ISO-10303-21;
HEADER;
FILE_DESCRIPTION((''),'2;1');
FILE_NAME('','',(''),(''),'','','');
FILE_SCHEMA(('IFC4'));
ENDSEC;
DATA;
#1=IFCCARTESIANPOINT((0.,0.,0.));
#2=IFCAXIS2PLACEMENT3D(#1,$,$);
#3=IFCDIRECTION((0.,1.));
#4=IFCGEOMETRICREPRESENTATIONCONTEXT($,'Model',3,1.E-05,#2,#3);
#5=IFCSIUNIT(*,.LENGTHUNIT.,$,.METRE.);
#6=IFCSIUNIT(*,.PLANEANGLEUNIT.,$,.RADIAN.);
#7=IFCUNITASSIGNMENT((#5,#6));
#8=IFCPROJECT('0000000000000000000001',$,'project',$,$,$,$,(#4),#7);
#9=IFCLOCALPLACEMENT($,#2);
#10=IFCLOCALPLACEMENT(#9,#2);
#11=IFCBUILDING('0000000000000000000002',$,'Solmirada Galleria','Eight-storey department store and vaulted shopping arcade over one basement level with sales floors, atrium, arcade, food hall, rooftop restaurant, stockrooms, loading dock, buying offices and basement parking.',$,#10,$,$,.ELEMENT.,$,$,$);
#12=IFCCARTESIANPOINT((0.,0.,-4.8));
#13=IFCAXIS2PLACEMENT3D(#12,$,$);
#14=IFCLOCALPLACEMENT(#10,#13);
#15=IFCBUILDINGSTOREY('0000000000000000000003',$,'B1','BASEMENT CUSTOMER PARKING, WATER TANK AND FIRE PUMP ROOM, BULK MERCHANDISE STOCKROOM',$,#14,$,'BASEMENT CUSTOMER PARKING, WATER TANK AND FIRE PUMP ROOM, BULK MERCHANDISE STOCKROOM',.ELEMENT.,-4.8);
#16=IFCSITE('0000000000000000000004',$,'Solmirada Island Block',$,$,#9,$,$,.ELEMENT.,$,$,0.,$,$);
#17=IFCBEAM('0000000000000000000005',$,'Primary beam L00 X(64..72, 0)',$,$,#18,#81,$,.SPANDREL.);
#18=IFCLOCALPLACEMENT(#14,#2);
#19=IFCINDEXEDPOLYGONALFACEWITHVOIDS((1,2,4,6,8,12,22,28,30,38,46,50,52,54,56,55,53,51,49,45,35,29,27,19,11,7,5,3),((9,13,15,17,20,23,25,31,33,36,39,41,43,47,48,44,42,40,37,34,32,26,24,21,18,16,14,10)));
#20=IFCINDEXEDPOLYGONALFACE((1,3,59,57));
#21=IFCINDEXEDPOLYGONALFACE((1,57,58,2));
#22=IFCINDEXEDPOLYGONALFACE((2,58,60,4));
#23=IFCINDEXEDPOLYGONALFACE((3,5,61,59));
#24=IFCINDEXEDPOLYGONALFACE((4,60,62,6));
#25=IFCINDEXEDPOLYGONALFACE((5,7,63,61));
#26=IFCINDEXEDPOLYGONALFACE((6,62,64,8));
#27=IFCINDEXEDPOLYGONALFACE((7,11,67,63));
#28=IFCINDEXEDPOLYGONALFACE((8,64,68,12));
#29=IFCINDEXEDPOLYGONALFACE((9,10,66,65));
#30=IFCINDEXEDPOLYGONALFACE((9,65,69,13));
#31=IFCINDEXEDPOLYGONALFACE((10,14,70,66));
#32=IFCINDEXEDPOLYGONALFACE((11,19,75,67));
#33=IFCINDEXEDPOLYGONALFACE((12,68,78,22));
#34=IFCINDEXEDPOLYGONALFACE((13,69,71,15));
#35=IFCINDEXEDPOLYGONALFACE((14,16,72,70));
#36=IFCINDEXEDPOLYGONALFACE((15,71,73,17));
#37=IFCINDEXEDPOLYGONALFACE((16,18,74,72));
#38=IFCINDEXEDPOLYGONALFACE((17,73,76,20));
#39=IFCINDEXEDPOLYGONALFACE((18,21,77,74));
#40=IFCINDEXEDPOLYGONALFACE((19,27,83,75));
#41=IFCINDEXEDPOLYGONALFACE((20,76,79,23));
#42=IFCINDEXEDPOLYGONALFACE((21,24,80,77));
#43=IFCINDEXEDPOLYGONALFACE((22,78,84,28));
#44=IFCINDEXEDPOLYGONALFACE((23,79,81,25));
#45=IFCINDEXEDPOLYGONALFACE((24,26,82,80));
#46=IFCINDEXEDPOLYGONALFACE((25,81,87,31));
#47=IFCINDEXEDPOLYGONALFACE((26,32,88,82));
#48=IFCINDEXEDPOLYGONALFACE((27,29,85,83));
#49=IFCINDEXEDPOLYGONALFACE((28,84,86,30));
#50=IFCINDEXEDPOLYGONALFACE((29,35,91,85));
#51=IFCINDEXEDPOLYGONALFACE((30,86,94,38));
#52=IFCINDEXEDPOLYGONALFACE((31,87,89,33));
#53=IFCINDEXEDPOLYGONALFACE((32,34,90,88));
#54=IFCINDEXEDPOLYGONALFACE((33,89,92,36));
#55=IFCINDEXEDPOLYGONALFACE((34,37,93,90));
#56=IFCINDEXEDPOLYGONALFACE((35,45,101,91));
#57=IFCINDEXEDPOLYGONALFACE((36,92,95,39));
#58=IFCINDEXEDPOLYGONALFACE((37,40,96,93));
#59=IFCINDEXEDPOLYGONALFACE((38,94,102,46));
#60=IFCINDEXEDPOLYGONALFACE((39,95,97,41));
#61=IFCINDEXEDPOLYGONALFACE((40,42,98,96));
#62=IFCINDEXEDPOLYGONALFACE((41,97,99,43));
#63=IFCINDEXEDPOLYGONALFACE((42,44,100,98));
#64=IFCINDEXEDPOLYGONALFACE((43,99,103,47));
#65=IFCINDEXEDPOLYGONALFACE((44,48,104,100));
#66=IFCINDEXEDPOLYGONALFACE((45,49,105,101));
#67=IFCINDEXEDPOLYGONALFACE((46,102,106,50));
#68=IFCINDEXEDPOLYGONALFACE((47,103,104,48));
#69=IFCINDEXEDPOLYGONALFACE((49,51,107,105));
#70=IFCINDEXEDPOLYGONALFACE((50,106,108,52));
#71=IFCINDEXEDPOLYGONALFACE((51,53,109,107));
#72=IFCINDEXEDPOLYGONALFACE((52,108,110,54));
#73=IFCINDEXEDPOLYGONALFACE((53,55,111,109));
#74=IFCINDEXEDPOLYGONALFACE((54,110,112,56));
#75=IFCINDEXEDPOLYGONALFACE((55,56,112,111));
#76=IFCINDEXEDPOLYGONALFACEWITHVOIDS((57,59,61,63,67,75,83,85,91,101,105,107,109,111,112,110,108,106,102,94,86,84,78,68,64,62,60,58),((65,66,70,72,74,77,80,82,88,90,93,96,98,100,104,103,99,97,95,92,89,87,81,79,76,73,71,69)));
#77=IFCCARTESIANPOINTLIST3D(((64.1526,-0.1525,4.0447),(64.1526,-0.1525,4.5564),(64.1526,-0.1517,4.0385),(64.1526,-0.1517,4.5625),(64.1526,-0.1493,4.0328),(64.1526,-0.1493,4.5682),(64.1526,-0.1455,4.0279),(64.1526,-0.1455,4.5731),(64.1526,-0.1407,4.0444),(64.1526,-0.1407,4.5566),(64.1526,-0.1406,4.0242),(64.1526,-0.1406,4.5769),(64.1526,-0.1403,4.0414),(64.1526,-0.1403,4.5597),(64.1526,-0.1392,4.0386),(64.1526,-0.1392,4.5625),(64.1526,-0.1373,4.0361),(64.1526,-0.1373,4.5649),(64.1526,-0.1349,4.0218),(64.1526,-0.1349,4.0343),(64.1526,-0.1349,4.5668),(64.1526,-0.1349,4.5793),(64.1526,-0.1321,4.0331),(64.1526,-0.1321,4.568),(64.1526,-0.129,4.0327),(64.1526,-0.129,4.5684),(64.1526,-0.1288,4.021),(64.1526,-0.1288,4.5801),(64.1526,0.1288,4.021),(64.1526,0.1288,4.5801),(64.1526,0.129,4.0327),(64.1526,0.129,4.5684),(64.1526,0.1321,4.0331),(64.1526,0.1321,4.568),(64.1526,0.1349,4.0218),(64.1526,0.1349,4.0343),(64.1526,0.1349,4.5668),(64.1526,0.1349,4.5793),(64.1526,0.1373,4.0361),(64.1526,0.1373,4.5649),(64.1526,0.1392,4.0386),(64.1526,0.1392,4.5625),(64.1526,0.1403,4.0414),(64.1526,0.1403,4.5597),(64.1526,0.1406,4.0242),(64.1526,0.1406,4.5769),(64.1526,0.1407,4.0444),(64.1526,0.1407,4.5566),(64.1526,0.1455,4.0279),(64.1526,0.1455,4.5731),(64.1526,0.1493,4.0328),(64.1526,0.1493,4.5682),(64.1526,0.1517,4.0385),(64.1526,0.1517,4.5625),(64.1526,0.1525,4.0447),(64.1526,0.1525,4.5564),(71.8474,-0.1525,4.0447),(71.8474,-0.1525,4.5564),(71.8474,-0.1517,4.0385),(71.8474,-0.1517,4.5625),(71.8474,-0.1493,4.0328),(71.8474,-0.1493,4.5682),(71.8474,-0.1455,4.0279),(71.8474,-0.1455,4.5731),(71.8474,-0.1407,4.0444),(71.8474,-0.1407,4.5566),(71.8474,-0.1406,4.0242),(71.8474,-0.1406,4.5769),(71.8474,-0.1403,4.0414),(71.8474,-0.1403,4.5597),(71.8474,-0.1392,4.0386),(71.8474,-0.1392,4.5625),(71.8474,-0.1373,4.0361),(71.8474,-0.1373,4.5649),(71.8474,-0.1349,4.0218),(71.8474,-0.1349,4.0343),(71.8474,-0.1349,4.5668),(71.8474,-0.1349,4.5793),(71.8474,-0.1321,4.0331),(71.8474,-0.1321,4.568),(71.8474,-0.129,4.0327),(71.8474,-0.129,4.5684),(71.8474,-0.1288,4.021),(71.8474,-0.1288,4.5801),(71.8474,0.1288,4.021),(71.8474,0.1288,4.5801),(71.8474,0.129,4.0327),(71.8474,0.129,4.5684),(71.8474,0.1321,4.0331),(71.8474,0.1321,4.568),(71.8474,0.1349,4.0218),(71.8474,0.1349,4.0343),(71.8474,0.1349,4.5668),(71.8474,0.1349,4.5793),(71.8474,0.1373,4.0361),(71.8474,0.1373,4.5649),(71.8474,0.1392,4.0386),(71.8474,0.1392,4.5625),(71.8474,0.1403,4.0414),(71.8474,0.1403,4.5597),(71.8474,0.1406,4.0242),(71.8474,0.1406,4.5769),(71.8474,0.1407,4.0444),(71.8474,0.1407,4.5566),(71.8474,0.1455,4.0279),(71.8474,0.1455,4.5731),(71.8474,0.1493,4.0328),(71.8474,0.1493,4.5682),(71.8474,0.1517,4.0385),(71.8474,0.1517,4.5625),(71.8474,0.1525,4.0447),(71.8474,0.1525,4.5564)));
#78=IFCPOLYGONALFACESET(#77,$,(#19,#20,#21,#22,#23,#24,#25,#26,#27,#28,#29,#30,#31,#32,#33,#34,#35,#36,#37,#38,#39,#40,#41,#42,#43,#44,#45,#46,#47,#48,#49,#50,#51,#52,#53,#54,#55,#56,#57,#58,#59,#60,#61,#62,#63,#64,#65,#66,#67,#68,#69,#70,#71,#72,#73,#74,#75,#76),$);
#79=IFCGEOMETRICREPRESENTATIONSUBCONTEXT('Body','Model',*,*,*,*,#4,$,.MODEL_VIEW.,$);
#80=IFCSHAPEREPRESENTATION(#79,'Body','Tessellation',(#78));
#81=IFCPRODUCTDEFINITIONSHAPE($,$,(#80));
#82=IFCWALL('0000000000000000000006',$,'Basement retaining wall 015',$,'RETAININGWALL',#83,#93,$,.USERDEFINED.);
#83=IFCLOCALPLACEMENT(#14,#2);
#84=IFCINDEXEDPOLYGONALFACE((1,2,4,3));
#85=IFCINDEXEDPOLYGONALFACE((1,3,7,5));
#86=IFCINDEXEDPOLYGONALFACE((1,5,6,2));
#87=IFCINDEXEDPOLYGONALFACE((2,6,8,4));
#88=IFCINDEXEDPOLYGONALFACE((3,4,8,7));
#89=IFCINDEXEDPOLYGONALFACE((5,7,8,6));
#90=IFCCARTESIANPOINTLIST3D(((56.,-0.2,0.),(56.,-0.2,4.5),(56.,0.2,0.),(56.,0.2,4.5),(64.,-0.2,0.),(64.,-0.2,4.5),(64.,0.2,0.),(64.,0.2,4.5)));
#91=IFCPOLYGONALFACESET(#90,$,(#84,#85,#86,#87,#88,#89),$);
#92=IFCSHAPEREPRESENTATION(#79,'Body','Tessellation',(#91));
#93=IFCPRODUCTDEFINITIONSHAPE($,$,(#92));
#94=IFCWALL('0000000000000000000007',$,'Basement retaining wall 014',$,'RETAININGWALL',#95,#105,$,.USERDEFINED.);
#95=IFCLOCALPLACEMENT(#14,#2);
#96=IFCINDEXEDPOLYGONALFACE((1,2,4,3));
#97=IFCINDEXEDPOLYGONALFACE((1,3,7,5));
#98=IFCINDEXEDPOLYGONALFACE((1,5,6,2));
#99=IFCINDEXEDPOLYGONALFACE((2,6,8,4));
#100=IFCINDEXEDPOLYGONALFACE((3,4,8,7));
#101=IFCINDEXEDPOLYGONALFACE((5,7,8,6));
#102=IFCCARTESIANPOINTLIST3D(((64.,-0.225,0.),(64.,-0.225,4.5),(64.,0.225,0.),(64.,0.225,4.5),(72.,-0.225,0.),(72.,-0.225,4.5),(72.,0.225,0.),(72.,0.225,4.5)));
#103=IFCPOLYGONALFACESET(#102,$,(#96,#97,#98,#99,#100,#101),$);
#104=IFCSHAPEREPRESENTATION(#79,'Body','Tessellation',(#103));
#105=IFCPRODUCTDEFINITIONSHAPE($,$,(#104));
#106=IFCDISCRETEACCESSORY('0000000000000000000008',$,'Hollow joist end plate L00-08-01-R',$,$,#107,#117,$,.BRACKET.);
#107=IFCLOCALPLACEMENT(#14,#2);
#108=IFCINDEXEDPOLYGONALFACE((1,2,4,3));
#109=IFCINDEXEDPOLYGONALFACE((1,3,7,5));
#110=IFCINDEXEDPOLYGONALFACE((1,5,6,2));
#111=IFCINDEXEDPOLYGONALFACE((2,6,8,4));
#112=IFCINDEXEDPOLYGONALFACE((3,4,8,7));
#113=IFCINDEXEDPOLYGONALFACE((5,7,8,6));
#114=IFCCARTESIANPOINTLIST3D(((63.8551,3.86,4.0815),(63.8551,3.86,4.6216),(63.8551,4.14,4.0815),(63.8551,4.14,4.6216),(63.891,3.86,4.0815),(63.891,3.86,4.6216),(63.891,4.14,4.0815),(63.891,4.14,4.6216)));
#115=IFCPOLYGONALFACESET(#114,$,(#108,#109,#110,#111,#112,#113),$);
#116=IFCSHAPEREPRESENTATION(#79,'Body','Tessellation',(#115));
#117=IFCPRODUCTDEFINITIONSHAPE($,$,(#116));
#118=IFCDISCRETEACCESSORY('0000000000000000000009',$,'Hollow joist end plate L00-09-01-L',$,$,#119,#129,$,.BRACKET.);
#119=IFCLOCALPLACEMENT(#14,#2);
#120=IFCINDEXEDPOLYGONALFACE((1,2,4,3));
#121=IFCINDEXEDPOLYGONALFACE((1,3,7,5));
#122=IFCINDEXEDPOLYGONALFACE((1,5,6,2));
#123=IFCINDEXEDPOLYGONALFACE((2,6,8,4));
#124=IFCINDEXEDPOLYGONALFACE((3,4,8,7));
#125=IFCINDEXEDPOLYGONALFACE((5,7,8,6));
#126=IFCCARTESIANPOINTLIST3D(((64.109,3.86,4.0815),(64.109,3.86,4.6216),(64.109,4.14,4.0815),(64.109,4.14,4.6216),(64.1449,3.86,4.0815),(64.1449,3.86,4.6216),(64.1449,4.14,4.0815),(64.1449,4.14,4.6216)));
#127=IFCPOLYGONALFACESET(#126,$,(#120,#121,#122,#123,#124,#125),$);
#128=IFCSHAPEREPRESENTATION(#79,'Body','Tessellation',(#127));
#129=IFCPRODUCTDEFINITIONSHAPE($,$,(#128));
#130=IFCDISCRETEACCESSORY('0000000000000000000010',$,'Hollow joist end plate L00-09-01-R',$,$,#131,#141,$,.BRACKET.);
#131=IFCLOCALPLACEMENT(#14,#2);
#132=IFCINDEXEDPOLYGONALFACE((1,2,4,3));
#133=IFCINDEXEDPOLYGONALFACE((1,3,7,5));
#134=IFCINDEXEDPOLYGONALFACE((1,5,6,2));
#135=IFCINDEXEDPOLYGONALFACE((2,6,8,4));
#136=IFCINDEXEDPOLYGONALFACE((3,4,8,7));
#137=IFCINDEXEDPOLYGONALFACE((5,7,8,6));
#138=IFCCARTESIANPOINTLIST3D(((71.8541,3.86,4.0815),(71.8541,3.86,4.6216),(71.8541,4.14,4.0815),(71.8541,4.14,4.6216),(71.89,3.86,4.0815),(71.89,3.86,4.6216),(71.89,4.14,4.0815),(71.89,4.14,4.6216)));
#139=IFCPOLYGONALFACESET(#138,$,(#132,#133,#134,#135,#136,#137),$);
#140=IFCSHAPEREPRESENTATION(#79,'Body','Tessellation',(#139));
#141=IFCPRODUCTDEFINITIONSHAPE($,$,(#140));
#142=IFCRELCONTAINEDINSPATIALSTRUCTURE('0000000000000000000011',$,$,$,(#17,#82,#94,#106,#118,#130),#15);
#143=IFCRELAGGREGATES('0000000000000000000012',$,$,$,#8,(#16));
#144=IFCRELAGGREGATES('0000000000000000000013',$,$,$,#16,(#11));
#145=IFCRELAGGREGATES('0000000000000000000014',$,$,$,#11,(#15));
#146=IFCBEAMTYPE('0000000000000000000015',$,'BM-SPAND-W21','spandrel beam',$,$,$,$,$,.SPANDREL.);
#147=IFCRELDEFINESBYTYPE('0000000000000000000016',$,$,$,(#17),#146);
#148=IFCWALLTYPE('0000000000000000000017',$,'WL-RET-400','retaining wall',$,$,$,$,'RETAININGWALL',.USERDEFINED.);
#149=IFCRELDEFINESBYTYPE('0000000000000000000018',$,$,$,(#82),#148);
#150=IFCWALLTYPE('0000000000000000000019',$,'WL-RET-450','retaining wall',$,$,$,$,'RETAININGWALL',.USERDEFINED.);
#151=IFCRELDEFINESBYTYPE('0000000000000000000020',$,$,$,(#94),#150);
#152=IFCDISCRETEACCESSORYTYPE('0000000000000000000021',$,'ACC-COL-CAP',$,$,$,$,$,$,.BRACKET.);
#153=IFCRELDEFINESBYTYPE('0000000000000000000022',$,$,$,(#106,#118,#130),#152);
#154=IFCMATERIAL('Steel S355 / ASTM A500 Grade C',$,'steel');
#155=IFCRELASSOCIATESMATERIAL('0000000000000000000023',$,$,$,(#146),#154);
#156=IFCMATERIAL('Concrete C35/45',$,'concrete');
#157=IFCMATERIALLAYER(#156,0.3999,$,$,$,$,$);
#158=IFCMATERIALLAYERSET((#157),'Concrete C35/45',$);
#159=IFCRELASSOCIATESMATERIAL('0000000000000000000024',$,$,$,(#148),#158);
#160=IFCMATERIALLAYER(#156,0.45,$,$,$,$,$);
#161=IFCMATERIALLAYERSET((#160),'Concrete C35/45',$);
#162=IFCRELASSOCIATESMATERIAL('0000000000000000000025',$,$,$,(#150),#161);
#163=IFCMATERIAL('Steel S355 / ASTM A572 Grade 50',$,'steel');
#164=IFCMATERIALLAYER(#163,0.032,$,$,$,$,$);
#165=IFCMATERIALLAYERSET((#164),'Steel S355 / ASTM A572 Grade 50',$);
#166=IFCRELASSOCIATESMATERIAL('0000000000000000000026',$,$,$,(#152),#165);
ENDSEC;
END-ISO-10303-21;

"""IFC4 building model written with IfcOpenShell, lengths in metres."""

from ifc_helpers import new_model, si_unit, direction, frame, frame_2d, origin, origin_2d, place, context, subcontext, project, spatial, rectangle, hollow_rectangle, extrude, material, layer, layer_set, material_profile, profile_set, type_object, element, save


model = new_model("IFC4")

# Units and contexts
model_context = context("Model", 3, precision=1e-05, world=origin(), true_north=direction((0.0, 1.0)))
body_context = subcontext(model_context, "Body", "Model", "MODEL_VIEW")
ifc_project = project(units=[si_unit("LENGTHUNIT", "METRE"), si_unit("PLANEANGLEUNIT", "RADIAN")], contexts=[model_context])

# Site, building, storey
site_placement = place(None, origin())
site = spatial("IfcSite", under=ifc_project, at=site_placement, Name="Solmirada Island Block", CompositionType="ELEMENT", RefElevation=0.0)
building_placement = place(site_placement, origin())
building = spatial("IfcBuilding", under=site, at=building_placement, Name="Solmirada Galleria", Description="Eight-storey department store and vaulted shopping arcade over one basement level with sales floors, atrium, arcade, food hall, rooftop restaurant, stockrooms, loading dock, buying offices and basement parking.", CompositionType="ELEMENT")
storey_placement = place(building_placement, frame((0.0, 0.0, -4.8)))
storey = spatial("IfcBuildingStorey", under=building, at=storey_placement, Name="B1", Description="BASEMENT CUSTOMER PARKING, WATER TANK AND FIRE PUMP ROOM, BULK MERCHANDISE STOCKROOM", LongName="BASEMENT CUSTOMER PARKING, WATER TANK AND FIRE PUMP ROOM, BULK MERCHANDISE STOCKROOM", CompositionType="ELEMENT", Elevation=-4.8)

# Shared definitions
ifc_material_1 = material(Name="Concrete C35/45", Category="concrete")

# Shared definitions
ifc_material_2 = material(Name="Steel S355 / ASTM A500 Grade C", Category="steel")

# Beam
ifc_material_profile_1 = material_profile(ifc_material_2, hollow_rectangle(XDim=0.3049, YDim=0.5591, WallThickness=0.0117, InnerFilletRadius=0.0117, OuterFilletRadius=0.0237, at=origin_2d()), Name="HSS22X12X1/2")
ifc_profile_set_1 = profile_set([ifc_material_profile_1], Name="Steel S355 / ASTM A500 Grade C")
beam_type_1 = type_object("IfcBeamType", Name="BM-SPAND-W21", Description="spandrel beam", PredefinedType="SPANDREL", material=ifc_profile_set_1)
beam_1_placement = place(storey_placement, frame((64.1526, 0.0, 4.3005), z_axis=(1.0, 0.0, 0.0), x_axis=(0.0, 1.0, 0.0)))
element("IfcBeam", 1, at=beam_1_placement, inside=storey, type_object=beam_type_1, Name="Primary beam L00 X(64..72, 0)", PredefinedType="SPANDREL", context=body_context, shape_type="SweptSolid", body=[
    extrude(hollow_rectangle(XDim=0.3049, YDim=0.5591, WallThickness=0.0117, InnerFilletRadius=0.0117, OuterFilletRadius=0.0237, at=origin_2d()), origin(), (0.0, 0.0, 1.0), 7.6948),
])

# Walls
ifc_layer_1 = layer(ifc_material_1, 0.3999)
ifc_layer_set_1 = layer_set([ifc_layer_1], Name="Concrete C35/45")
wall_type_1 = type_object("IfcWallType", Name="WL-RET-400", Description="retaining wall", ElementType="RETAININGWALL", PredefinedType="USERDEFINED", material=ifc_layer_set_1)
wall_1_placement = place(storey_placement, frame((64.0, 0.0, 0.0), z_axis=(0.0, 0.0, 1.0), x_axis=(-1.0, 0.0, 0.0)))
element("IfcWall", 2, at=wall_1_placement, inside=storey, type_object=wall_type_1, Name="Basement retaining wall 015", ObjectType="RETAININGWALL", PredefinedType="USERDEFINED", context=body_context, shape_type="SweptSolid", body=[
    extrude(rectangle(XDim=8.0, YDim=0.3999, at=frame_2d((4.0, 0.0))), origin(), (0.0, 0.0, 1.0), 4.5),
])
ifc_layer_2 = layer(ifc_material_1, 0.45)
ifc_layer_set_2 = layer_set([ifc_layer_2], Name="Concrete C35/45")
wall_type_2 = type_object("IfcWallType", Name="WL-RET-450", Description="retaining wall", ElementType="RETAININGWALL", PredefinedType="USERDEFINED", material=ifc_layer_set_2)
wall_2_placement = place(storey_placement, frame((72.0, 0.0, 0.0), z_axis=(0.0, 0.0, 1.0), x_axis=(-1.0, 0.0, 0.0)))
element("IfcWall", 3, at=wall_2_placement, inside=storey, type_object=wall_type_2, Name="Basement retaining wall 014", ObjectType="RETAININGWALL", PredefinedType="USERDEFINED", context=body_context, shape_type="SweptSolid", body=[
    extrude(rectangle(XDim=8.0, YDim=0.45, at=frame_2d((4.0, 0.0))), origin(), (0.0, 0.0, 1.0), 4.5),
])

# Discrete accessories
ifc_material_3 = material(Name="Steel S355 / ASTM A572 Grade 50", Category="steel")
ifc_layer_3 = layer(ifc_material_3, 0.032)
ifc_layer_set_3 = layer_set([ifc_layer_3], Name="Steel S355 / ASTM A572 Grade 50")
discrete_accessory_type = type_object("IfcDiscreteAccessoryType", Name="ACC-COL-CAP", PredefinedType="BRACKET", material=ifc_layer_set_3)
for number, where, z_axis, x_axis, name in (
    (4, (63.873, 4.0, 4.0815), (0.0, 0.0, 1.0), (1.0, 0.0, 0.0), "Hollow joist end plate L00-08-01-R"),
    (5, (64.127, 4.0, 4.0815), (0.0, 0.0, 1.0), (1.0, 0.0, 0.0), "Hollow joist end plate L00-09-01-L"),
    (6, (71.8721, 4.0, 4.0815), (0.0, 0.0, 1.0), (1.0, 0.0, 0.0), "Hollow joist end plate L00-09-01-R"),
):
    element("IfcDiscreteAccessory", number, at=place(storey_placement, frame(where, z_axis=z_axis, x_axis=x_axis)), inside=storey, type_object=discrete_accessory_type, Name=name, PredefinedType="BRACKET", context=body_context, shape_type="SweptSolid", body=[
        extrude(rectangle(XDim=0.0359, YDim=0.28, at=origin_2d()), origin(), (0.0, 0.0, 1.0), 0.54),
    ])

save(model, "model.ifc")
